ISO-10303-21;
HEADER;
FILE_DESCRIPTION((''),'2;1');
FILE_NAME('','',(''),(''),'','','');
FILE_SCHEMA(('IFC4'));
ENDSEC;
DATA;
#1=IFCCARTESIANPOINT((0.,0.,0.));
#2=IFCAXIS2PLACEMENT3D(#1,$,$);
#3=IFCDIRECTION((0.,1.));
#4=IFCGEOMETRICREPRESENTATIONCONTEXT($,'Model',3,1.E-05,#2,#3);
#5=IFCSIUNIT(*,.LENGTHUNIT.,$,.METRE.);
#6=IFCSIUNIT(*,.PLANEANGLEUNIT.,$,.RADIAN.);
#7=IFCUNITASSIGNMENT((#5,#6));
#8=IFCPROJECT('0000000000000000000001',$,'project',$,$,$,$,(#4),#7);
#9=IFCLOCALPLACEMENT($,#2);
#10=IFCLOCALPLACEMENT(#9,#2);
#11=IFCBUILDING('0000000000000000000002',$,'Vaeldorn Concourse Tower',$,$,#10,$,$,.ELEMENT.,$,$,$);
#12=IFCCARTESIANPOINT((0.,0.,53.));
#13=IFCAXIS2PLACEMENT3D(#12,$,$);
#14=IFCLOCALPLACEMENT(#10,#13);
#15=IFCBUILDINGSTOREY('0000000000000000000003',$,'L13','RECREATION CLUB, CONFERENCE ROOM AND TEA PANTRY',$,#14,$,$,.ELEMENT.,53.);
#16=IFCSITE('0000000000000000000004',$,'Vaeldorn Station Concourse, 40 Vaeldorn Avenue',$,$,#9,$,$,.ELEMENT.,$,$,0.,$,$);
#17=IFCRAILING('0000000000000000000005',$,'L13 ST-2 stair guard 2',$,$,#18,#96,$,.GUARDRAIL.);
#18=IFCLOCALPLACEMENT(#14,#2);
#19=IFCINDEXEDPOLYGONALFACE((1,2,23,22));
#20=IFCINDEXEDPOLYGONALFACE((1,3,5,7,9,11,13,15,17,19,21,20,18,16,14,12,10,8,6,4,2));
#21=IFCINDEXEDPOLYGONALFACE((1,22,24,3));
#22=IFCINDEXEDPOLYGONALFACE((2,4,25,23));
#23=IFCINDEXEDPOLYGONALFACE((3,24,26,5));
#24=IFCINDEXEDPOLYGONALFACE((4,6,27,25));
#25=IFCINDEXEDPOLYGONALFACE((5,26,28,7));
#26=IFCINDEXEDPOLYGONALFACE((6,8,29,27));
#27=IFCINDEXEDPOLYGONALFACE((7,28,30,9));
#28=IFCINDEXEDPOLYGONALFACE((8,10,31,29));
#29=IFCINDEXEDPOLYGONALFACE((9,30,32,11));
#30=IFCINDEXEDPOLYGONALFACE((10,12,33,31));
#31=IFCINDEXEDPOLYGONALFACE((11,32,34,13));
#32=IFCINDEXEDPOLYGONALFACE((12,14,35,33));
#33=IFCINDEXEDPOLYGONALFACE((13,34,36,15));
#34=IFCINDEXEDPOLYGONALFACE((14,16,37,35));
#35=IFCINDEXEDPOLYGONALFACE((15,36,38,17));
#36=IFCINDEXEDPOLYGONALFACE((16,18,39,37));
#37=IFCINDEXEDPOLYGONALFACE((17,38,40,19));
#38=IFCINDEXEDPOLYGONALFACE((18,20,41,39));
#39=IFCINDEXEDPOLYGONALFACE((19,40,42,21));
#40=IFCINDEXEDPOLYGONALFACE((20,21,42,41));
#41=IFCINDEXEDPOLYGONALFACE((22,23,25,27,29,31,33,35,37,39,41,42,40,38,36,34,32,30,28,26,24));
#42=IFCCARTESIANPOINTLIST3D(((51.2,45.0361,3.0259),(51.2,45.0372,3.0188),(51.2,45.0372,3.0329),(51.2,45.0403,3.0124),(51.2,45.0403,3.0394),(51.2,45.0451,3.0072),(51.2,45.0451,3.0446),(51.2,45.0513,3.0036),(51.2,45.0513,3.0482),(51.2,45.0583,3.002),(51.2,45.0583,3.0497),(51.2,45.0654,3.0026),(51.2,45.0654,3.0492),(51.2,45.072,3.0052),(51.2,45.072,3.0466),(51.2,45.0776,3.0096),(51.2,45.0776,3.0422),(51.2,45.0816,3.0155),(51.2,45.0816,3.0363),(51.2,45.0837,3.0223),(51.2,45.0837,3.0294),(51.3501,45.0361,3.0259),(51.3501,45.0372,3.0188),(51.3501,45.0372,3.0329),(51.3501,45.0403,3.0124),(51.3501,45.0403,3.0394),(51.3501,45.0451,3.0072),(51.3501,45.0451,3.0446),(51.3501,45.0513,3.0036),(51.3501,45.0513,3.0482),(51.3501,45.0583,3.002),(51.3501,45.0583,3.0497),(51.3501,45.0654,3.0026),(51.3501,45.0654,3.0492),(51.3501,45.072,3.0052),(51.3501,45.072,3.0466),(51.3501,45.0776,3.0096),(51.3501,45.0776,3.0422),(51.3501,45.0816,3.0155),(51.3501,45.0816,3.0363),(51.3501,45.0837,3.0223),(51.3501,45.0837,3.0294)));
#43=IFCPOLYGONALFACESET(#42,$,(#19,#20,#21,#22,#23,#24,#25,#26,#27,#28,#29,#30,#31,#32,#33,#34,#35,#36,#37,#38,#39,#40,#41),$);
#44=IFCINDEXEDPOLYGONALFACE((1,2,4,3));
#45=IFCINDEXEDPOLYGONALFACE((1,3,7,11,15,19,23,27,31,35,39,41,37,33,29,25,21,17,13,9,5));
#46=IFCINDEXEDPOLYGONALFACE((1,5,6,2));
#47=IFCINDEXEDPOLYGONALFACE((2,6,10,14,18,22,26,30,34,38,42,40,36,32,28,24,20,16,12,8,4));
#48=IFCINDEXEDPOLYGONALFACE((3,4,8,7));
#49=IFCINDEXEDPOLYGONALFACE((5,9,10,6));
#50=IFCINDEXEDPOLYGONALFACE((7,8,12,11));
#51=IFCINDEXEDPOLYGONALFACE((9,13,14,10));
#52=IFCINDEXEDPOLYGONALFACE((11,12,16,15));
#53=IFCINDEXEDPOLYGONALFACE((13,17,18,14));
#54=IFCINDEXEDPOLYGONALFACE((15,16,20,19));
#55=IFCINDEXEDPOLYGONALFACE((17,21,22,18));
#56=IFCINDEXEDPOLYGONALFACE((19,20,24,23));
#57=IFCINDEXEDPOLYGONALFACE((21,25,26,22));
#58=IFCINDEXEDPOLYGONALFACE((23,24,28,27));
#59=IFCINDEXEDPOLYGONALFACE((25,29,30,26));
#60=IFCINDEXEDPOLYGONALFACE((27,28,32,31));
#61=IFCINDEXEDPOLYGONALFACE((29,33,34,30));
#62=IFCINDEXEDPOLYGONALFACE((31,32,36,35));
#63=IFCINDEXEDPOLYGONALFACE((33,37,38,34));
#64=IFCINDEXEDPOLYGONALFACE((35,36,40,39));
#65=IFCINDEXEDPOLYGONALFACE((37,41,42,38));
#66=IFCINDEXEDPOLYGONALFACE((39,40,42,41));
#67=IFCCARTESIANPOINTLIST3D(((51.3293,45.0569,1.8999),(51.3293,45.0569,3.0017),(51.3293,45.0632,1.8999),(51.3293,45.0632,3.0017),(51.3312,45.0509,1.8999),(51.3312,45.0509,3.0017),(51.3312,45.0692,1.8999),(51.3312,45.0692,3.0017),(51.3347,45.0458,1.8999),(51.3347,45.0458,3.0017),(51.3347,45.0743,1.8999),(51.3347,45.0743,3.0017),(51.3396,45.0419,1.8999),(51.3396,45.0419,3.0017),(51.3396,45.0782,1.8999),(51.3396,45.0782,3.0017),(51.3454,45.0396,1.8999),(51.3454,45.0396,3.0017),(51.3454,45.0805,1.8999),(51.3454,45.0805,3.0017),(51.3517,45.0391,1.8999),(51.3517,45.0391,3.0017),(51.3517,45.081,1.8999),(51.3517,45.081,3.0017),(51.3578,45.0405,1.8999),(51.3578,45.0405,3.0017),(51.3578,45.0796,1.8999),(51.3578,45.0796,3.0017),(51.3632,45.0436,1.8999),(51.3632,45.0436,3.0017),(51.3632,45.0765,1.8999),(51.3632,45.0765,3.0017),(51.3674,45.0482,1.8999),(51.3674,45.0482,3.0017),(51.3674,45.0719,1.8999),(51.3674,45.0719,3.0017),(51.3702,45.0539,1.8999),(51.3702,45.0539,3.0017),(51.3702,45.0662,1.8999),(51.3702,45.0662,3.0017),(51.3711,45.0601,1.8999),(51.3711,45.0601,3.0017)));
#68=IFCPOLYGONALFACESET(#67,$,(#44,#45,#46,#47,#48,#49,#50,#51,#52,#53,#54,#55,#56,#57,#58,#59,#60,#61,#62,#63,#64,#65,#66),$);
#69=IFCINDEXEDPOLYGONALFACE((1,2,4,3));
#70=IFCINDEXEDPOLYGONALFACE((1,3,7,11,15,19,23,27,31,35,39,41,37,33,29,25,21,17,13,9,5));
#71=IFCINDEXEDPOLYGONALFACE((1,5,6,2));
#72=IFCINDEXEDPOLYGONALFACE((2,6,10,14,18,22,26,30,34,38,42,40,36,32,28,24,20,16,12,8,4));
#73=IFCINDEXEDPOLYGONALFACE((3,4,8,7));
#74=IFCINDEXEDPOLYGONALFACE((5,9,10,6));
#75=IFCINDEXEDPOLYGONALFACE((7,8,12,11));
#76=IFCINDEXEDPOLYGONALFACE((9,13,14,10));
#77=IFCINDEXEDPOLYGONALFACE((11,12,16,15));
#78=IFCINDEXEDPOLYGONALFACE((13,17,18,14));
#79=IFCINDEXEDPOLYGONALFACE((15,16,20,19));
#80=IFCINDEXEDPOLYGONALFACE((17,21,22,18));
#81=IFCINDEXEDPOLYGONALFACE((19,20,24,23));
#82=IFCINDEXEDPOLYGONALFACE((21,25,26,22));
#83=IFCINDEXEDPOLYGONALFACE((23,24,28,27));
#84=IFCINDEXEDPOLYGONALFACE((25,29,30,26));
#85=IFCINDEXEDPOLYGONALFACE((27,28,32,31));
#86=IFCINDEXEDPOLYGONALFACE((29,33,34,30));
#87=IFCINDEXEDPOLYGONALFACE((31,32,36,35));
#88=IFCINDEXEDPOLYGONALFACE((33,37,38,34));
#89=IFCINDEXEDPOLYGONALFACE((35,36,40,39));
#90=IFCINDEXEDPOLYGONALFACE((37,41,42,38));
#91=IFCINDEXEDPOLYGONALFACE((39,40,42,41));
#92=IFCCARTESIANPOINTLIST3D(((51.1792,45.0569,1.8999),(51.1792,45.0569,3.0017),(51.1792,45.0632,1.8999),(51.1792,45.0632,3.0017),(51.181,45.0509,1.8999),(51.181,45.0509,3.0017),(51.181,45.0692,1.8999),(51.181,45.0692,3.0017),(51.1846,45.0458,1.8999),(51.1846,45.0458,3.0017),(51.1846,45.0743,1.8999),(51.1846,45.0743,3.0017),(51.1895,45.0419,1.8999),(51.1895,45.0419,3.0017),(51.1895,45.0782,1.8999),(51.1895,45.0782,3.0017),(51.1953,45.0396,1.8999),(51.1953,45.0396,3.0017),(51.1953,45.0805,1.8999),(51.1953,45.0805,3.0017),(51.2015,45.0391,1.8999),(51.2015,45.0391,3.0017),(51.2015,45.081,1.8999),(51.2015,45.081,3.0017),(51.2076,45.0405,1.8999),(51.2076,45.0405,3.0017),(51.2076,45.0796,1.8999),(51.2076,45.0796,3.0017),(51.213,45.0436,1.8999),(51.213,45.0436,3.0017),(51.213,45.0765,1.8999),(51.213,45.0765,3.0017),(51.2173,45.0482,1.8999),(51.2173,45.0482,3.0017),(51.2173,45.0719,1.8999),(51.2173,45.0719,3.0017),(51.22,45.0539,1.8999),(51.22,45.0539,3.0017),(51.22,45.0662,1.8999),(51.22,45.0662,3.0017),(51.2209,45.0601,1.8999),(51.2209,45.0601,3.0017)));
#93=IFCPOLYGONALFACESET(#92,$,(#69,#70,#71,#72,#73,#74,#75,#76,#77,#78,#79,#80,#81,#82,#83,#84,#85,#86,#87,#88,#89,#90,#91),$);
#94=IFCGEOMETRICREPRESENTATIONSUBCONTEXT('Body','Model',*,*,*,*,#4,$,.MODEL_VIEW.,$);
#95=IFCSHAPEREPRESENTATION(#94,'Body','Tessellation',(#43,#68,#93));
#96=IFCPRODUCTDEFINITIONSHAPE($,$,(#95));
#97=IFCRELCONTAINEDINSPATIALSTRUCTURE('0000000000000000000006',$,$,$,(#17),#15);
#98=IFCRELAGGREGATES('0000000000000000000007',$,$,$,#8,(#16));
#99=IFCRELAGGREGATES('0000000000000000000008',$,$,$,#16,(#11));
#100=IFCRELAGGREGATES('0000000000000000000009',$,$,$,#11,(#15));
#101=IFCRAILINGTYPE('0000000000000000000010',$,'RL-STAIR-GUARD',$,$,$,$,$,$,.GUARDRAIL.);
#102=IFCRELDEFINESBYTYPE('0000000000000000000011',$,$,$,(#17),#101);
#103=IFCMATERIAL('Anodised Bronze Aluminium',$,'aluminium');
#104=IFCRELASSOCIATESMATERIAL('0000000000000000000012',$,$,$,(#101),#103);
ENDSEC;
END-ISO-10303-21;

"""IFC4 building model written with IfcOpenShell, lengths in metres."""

from ifc_helpers import new_model, si_unit, direction, frame, origin, origin_2d, place, context, subcontext, project, spatial, circle, extrude, material, type_object, element, save


model = new_model("IFC4")

# Units and contexts
model_context = context("Model", 3, precision=1e-05, world=origin(), true_north=direction((0.0, 1.0)))
body_context = subcontext(model_context, "Body", "Model", "MODEL_VIEW")
ifc_project = project(units=[si_unit("LENGTHUNIT", "METRE"), si_unit("PLANEANGLEUNIT", "RADIAN")], contexts=[model_context])

# Site, building, storey
site_placement = place(None, origin())
site = spatial("IfcSite", under=ifc_project, at=site_placement, Name="Vaeldorn Station Concourse, 40 Vaeldorn Avenue", CompositionType="ELEMENT", RefElevation=0.0)
building_placement = place(site_placement, origin())
building = spatial("IfcBuilding", under=site, at=building_placement, Name="Vaeldorn Concourse Tower", CompositionType="ELEMENT")
storey_placement = place(building_placement, frame((0.0, 0.0, 53.0)))
storey = spatial("IfcBuildingStorey", under=building, at=storey_placement, Name="L13", Description="RECREATION CLUB, CONFERENCE ROOM AND TEA PANTRY", CompositionType="ELEMENT", Elevation=53.0)

# Shared definitions
ifc_material_1 = material(Name="Anodised Bronze Aluminium", Category="aluminium")

# Railing
railing_type_1 = type_object("IfcRailingType", Name="RL-STAIR-GUARD", PredefinedType="GUARDRAIL", material=ifc_material_1)
railing_1_placement = place(storey_placement, frame((51.3501, 45.0601, 1.8999)))
element("IfcRailing", 1, at=railing_1_placement, inside=storey, type_object=railing_type_1, Name="L13 ST-2 stair guard 2", PredefinedType="GUARDRAIL", context=body_context, shape_type="SweptSolid", body=[
    extrude(circle(Radius=0.0239, at=origin_2d()), frame((0.0, 0.0, 1.126), z_axis=(-1.0, 0.0, 0.0), x_axis=(0.0, -1.0, 0.0)), (0.0, 0.0, 1.0), 0.1501),
    extrude(circle(Radius=0.021, at=origin_2d()), origin(), (0.0, 0.0, 1.0), 1.1018),
    extrude(circle(Radius=0.021, at=origin_2d()), frame((-0.1501, 0.0, 0.0)), (0.0, 0.0, 1.0), 1.1018),
])

save(model, "model.ifc")
